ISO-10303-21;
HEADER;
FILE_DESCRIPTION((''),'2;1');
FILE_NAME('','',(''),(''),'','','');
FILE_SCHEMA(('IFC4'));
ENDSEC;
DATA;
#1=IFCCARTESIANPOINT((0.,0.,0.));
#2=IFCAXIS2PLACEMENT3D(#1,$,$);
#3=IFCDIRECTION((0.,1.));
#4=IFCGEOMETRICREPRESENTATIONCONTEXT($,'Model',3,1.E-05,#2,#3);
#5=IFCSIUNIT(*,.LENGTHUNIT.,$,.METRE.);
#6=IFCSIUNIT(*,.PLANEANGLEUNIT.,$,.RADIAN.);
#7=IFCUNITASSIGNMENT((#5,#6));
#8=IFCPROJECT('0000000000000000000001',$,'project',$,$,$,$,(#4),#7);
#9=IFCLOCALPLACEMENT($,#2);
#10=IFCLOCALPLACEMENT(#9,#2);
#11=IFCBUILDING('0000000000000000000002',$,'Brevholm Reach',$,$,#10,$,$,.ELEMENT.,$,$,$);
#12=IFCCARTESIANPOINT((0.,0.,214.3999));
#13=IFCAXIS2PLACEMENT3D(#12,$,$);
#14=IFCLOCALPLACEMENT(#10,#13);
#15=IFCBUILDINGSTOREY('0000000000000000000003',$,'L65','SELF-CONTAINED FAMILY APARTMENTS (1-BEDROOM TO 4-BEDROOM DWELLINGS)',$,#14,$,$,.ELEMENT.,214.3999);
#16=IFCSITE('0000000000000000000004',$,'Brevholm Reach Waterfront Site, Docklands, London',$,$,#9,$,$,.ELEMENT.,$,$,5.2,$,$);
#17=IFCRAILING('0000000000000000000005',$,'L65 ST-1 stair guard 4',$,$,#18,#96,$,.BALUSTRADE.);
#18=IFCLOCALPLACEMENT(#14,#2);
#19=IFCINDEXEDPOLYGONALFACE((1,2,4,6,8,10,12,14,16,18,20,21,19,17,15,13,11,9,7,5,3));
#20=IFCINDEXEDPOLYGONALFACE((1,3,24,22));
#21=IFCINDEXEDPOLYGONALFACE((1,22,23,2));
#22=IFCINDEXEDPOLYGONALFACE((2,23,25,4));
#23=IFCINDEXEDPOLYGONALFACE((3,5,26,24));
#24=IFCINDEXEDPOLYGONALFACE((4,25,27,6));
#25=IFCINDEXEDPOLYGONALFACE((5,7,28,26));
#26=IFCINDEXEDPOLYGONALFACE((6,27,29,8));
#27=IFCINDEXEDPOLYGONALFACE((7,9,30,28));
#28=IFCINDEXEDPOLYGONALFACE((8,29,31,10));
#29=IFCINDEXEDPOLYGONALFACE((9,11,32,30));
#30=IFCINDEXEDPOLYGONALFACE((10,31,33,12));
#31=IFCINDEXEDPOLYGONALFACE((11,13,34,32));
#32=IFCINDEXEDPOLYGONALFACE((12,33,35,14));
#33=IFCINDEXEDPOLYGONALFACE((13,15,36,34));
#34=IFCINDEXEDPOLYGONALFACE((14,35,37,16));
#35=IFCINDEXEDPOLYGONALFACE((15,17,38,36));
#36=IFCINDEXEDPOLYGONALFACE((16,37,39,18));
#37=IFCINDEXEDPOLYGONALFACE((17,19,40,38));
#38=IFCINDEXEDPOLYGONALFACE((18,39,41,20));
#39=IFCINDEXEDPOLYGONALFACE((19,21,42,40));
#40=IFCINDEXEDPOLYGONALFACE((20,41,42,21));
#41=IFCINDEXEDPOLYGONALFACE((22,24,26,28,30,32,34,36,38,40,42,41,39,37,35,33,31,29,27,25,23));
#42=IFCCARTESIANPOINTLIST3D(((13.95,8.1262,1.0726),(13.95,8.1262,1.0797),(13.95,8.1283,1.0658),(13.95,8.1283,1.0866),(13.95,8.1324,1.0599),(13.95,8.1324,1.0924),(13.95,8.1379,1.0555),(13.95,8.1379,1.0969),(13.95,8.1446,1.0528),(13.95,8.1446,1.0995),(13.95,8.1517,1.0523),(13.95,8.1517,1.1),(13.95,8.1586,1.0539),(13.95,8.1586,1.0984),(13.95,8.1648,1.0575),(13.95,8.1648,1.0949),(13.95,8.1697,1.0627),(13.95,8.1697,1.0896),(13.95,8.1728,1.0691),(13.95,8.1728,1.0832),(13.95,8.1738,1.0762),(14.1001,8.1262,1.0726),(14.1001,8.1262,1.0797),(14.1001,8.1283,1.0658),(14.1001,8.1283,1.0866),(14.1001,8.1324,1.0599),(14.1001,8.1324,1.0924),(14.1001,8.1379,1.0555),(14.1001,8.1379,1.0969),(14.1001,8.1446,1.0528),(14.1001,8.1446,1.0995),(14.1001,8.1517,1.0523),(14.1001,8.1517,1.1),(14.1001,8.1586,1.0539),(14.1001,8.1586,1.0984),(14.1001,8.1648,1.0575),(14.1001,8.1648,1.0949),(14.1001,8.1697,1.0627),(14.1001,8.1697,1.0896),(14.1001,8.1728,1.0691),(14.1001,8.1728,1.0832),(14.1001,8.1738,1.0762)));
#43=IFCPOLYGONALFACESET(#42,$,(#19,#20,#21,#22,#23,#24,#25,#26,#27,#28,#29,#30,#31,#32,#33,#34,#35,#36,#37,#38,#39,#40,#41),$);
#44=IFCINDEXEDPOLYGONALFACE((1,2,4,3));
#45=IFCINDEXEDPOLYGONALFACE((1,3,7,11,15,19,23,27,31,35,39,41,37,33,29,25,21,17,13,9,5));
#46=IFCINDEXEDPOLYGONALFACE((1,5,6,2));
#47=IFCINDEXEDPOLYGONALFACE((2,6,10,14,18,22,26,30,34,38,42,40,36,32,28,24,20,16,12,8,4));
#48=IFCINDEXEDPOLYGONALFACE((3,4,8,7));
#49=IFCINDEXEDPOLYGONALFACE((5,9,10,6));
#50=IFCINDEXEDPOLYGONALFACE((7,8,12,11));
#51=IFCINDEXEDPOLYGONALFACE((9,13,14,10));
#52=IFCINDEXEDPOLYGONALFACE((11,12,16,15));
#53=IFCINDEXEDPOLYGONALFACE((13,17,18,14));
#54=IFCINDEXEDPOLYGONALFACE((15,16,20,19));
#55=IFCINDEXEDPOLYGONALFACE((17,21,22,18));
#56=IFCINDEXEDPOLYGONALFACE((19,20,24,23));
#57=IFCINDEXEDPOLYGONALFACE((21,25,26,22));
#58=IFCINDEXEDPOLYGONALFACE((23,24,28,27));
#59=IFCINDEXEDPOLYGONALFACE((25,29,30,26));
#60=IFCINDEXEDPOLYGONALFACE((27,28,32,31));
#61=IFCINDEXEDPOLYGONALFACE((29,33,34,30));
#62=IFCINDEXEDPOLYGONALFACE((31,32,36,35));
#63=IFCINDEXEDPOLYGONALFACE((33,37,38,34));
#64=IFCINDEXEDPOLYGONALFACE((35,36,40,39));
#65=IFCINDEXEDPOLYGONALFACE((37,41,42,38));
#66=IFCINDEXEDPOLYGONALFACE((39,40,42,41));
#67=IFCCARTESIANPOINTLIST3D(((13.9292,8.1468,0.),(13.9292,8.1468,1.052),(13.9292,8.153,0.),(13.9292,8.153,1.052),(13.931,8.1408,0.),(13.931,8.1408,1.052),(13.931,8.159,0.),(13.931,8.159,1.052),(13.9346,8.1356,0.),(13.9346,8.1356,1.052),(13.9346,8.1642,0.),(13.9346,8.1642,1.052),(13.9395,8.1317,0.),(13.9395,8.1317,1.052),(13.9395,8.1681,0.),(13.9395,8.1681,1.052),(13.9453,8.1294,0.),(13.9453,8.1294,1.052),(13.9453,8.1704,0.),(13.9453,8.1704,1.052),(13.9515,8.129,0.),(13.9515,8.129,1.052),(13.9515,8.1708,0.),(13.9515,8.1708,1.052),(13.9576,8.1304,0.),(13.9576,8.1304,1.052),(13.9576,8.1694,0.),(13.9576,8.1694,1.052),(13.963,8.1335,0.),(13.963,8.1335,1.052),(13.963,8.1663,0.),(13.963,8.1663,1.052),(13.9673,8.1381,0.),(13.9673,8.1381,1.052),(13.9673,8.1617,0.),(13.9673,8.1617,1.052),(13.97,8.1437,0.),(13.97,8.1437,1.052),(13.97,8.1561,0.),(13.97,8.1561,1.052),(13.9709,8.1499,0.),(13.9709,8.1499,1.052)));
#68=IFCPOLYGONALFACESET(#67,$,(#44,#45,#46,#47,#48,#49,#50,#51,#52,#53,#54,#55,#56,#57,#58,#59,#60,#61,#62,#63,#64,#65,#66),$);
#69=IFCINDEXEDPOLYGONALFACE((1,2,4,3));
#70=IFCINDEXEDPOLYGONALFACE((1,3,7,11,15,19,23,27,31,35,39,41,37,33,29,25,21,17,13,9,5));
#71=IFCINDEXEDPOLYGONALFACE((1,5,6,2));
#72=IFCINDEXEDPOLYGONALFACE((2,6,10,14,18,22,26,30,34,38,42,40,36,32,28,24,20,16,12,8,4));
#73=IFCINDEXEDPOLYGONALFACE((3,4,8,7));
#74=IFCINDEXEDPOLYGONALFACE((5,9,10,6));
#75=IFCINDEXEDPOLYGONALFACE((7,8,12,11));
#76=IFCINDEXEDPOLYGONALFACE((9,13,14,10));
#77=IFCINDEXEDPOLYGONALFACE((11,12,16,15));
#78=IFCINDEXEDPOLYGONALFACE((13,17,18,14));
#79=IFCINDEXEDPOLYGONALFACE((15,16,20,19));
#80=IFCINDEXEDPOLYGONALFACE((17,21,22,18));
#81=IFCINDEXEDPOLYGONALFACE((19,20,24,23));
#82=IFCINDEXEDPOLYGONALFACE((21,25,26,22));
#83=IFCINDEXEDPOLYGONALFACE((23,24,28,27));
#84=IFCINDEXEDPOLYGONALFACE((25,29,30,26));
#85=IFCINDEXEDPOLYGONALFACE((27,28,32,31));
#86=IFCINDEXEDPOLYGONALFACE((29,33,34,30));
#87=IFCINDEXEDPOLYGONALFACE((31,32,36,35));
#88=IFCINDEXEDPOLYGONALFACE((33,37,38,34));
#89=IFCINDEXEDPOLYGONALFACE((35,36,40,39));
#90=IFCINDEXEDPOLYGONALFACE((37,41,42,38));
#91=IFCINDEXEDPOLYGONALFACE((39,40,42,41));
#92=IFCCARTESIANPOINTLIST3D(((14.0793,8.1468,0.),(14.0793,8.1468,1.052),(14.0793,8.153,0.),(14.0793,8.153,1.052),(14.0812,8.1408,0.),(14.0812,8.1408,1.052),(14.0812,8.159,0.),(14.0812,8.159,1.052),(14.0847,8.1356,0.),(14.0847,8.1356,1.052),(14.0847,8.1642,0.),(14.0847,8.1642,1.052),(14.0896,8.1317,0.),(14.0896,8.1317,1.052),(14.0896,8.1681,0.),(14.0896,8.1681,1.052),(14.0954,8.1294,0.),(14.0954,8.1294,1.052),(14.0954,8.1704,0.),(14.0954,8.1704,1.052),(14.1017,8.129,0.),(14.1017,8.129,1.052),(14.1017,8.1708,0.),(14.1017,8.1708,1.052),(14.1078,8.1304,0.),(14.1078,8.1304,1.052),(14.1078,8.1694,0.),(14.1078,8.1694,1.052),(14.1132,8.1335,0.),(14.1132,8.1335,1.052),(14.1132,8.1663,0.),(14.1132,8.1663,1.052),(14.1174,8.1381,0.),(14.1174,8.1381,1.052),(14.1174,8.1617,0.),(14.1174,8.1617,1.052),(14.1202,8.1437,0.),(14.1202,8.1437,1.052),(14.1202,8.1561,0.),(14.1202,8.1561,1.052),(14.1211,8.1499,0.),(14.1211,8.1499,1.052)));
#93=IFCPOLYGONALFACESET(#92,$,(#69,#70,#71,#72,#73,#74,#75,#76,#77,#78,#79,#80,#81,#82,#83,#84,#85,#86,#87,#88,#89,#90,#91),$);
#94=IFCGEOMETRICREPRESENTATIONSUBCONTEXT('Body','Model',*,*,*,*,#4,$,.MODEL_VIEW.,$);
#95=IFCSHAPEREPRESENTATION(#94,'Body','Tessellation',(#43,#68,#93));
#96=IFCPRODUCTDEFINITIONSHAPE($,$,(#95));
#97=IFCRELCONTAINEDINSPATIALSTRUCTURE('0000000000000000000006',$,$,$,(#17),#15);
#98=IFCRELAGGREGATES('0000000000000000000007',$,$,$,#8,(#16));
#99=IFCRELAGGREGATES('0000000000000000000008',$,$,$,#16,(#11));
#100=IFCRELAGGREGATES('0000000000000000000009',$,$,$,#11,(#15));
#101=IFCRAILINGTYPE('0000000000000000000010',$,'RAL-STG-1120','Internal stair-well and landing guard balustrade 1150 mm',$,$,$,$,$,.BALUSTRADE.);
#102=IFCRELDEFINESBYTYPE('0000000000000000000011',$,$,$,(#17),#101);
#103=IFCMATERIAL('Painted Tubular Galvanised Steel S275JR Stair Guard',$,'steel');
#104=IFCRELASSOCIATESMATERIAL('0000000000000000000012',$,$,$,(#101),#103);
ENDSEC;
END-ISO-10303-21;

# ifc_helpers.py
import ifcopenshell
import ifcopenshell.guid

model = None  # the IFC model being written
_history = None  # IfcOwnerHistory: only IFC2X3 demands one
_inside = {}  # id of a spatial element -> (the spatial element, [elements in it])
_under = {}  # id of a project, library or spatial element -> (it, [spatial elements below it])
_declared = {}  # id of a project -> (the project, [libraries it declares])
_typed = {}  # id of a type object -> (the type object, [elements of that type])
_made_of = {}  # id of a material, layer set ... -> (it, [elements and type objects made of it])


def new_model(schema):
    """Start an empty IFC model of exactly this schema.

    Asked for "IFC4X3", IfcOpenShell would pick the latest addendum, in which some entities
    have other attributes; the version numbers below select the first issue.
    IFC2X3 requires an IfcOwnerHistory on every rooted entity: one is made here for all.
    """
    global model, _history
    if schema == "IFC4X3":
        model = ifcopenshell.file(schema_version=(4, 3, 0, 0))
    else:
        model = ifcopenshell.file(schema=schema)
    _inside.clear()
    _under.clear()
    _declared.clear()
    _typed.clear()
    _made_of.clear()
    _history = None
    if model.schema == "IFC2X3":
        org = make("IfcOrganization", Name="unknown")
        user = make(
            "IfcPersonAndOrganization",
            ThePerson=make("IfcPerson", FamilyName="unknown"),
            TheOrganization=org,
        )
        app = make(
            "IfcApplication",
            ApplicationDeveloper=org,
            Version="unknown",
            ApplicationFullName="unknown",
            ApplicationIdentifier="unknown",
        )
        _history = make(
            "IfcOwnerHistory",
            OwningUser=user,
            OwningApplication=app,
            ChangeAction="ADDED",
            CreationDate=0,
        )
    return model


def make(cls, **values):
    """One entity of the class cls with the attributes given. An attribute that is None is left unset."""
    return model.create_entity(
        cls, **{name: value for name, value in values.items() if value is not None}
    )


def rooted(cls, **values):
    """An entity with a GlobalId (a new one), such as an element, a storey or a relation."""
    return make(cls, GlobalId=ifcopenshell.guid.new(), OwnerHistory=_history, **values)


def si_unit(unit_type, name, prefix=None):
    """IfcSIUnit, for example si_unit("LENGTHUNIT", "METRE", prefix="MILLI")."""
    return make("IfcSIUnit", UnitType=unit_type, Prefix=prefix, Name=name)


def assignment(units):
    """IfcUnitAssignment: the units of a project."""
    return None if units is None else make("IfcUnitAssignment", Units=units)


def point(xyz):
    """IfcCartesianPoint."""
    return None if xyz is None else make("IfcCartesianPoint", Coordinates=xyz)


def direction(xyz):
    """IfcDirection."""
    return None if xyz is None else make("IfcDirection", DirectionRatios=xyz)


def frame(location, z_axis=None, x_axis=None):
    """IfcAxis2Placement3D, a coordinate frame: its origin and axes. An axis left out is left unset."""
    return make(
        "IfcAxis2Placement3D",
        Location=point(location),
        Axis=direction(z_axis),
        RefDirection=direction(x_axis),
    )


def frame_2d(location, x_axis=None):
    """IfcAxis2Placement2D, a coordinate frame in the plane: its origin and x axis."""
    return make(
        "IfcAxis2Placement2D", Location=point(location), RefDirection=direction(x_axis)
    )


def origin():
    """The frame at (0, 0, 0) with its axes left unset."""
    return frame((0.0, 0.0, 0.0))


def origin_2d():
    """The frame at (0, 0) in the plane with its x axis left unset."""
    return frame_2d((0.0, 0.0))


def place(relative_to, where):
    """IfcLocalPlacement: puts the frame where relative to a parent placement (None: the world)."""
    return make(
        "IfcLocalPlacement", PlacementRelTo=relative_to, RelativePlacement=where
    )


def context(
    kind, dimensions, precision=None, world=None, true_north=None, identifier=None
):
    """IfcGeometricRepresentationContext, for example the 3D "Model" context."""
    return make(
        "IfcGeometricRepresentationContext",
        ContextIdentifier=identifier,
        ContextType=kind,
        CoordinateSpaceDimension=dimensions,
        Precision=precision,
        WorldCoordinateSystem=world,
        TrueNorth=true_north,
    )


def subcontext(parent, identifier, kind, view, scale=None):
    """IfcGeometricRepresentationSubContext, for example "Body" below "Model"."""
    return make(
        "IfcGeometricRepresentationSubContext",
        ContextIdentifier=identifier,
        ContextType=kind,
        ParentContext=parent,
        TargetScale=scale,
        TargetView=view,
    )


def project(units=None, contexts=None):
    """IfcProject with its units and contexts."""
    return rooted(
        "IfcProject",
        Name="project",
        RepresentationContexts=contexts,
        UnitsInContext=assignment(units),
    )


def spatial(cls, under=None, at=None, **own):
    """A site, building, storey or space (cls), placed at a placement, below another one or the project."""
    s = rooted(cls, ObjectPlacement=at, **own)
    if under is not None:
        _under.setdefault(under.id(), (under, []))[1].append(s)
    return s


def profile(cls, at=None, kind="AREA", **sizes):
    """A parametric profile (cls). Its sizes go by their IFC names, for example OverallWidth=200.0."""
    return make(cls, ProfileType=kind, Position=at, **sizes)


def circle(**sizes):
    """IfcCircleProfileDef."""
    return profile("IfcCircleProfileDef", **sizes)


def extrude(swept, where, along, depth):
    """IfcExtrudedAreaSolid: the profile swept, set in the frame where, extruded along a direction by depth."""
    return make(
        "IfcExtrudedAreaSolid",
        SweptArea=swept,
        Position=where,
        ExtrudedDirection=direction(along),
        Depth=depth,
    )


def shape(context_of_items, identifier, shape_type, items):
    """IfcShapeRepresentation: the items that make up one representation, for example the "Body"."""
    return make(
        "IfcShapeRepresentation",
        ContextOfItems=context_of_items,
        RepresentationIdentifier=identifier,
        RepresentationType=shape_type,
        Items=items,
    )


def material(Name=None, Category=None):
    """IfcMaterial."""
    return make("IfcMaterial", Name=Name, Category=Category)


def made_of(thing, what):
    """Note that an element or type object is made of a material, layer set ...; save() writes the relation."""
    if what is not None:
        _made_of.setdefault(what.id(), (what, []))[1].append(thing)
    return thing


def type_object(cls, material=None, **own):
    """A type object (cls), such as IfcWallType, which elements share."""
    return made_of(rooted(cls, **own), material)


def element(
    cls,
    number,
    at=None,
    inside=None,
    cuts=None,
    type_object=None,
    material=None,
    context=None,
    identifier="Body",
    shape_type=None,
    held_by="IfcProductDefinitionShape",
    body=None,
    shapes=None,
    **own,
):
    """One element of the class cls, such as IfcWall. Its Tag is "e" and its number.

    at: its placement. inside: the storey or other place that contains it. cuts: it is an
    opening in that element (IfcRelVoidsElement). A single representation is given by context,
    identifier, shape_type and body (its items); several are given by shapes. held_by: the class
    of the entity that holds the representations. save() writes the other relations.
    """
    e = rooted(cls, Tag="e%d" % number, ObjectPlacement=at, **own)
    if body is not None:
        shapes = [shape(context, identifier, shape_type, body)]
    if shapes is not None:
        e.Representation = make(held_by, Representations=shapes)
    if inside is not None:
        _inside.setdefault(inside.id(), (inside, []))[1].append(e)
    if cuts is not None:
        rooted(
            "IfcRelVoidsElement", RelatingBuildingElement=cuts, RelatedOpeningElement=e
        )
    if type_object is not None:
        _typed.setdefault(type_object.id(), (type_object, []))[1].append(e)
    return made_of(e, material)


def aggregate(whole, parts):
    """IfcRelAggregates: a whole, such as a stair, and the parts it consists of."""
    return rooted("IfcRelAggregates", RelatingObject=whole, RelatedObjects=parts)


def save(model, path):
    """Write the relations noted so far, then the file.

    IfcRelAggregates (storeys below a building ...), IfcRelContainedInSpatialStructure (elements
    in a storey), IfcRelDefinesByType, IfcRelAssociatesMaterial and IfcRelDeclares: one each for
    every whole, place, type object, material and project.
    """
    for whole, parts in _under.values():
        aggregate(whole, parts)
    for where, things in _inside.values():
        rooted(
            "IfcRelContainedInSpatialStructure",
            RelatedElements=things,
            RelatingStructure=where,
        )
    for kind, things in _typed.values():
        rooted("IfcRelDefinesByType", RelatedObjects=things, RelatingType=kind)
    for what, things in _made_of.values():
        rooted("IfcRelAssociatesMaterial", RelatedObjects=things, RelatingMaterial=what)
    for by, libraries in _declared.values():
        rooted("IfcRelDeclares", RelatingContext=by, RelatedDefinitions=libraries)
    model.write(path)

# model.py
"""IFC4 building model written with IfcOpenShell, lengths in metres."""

from ifc_helpers import new_model, si_unit, direction, frame, origin, origin_2d, place, context, subcontext, project, spatial, circle, extrude, material, type_object, element, save


model = new_model("IFC4")

# Units and contexts
model_context = context("Model", 3, precision=1e-05, world=origin(), true_north=direction((0.0, 1.0)))
body_context = subcontext(model_context, "Body", "Model", "MODEL_VIEW")
ifc_project = project(units=[si_unit("LENGTHUNIT", "METRE"), si_unit("PLANEANGLEUNIT", "RADIAN")], contexts=[model_context])

# Site, building, storey
site_placement = place(None, origin())
site = spatial("IfcSite", under=ifc_project, at=site_placement, Name="Brevholm Reach Waterfront Site, Docklands, London", CompositionType="ELEMENT", RefElevation=5.2)
building_placement = place(site_placement, origin())
building = spatial("IfcBuilding", under=site, at=building_placement, Name="Brevholm Reach", CompositionType="ELEMENT")
storey_placement = place(building_placement, frame((0.0, 0.0, 214.3999)))
storey = spatial("IfcBuildingStorey", under=building, at=storey_placement, Name="L65", Description="SELF-CONTAINED FAMILY APARTMENTS (1-BEDROOM TO 4-BEDROOM DWELLINGS)", CompositionType="ELEMENT", Elevation=214.3999)

# Railing
ifc_material_1 = material(Name="Painted Tubular Galvanised Steel S275JR Stair Guard", Category="steel")
railing_type_1 = type_object("IfcRailingType", Name="RAL-STG-1120", Description="Internal stair-well and landing guard balustrade 1150 mm", PredefinedType="BALUSTRADE", material=ifc_material_1)
railing_1_placement = place(storey_placement, frame((13.95, 8.1499, 0.0)))
element("IfcRailing", 1, at=railing_1_placement, inside=storey, type_object=railing_type_1, Name="L65 ST-1 stair guard 4", PredefinedType="BALUSTRADE", context=body_context, shape_type="SweptSolid", body=[
    extrude(circle(Radius=0.0239, at=origin_2d()), frame((0.0, 0.0, 1.0762), z_axis=(1.0, 0.0, 0.0), x_axis=(0.0, 1.0, 0.0)), (0.0, 0.0, 1.0), 0.1501),
    extrude(circle(Radius=0.021, at=origin_2d()), origin(), (0.0, 0.0, 1.0), 1.052),
    extrude(circle(Radius=0.021, at=origin_2d()), frame((0.1501, 0.0, 0.0)), (0.0, 0.0, 1.0), 1.052),
])

save(model, "model.ifc")
